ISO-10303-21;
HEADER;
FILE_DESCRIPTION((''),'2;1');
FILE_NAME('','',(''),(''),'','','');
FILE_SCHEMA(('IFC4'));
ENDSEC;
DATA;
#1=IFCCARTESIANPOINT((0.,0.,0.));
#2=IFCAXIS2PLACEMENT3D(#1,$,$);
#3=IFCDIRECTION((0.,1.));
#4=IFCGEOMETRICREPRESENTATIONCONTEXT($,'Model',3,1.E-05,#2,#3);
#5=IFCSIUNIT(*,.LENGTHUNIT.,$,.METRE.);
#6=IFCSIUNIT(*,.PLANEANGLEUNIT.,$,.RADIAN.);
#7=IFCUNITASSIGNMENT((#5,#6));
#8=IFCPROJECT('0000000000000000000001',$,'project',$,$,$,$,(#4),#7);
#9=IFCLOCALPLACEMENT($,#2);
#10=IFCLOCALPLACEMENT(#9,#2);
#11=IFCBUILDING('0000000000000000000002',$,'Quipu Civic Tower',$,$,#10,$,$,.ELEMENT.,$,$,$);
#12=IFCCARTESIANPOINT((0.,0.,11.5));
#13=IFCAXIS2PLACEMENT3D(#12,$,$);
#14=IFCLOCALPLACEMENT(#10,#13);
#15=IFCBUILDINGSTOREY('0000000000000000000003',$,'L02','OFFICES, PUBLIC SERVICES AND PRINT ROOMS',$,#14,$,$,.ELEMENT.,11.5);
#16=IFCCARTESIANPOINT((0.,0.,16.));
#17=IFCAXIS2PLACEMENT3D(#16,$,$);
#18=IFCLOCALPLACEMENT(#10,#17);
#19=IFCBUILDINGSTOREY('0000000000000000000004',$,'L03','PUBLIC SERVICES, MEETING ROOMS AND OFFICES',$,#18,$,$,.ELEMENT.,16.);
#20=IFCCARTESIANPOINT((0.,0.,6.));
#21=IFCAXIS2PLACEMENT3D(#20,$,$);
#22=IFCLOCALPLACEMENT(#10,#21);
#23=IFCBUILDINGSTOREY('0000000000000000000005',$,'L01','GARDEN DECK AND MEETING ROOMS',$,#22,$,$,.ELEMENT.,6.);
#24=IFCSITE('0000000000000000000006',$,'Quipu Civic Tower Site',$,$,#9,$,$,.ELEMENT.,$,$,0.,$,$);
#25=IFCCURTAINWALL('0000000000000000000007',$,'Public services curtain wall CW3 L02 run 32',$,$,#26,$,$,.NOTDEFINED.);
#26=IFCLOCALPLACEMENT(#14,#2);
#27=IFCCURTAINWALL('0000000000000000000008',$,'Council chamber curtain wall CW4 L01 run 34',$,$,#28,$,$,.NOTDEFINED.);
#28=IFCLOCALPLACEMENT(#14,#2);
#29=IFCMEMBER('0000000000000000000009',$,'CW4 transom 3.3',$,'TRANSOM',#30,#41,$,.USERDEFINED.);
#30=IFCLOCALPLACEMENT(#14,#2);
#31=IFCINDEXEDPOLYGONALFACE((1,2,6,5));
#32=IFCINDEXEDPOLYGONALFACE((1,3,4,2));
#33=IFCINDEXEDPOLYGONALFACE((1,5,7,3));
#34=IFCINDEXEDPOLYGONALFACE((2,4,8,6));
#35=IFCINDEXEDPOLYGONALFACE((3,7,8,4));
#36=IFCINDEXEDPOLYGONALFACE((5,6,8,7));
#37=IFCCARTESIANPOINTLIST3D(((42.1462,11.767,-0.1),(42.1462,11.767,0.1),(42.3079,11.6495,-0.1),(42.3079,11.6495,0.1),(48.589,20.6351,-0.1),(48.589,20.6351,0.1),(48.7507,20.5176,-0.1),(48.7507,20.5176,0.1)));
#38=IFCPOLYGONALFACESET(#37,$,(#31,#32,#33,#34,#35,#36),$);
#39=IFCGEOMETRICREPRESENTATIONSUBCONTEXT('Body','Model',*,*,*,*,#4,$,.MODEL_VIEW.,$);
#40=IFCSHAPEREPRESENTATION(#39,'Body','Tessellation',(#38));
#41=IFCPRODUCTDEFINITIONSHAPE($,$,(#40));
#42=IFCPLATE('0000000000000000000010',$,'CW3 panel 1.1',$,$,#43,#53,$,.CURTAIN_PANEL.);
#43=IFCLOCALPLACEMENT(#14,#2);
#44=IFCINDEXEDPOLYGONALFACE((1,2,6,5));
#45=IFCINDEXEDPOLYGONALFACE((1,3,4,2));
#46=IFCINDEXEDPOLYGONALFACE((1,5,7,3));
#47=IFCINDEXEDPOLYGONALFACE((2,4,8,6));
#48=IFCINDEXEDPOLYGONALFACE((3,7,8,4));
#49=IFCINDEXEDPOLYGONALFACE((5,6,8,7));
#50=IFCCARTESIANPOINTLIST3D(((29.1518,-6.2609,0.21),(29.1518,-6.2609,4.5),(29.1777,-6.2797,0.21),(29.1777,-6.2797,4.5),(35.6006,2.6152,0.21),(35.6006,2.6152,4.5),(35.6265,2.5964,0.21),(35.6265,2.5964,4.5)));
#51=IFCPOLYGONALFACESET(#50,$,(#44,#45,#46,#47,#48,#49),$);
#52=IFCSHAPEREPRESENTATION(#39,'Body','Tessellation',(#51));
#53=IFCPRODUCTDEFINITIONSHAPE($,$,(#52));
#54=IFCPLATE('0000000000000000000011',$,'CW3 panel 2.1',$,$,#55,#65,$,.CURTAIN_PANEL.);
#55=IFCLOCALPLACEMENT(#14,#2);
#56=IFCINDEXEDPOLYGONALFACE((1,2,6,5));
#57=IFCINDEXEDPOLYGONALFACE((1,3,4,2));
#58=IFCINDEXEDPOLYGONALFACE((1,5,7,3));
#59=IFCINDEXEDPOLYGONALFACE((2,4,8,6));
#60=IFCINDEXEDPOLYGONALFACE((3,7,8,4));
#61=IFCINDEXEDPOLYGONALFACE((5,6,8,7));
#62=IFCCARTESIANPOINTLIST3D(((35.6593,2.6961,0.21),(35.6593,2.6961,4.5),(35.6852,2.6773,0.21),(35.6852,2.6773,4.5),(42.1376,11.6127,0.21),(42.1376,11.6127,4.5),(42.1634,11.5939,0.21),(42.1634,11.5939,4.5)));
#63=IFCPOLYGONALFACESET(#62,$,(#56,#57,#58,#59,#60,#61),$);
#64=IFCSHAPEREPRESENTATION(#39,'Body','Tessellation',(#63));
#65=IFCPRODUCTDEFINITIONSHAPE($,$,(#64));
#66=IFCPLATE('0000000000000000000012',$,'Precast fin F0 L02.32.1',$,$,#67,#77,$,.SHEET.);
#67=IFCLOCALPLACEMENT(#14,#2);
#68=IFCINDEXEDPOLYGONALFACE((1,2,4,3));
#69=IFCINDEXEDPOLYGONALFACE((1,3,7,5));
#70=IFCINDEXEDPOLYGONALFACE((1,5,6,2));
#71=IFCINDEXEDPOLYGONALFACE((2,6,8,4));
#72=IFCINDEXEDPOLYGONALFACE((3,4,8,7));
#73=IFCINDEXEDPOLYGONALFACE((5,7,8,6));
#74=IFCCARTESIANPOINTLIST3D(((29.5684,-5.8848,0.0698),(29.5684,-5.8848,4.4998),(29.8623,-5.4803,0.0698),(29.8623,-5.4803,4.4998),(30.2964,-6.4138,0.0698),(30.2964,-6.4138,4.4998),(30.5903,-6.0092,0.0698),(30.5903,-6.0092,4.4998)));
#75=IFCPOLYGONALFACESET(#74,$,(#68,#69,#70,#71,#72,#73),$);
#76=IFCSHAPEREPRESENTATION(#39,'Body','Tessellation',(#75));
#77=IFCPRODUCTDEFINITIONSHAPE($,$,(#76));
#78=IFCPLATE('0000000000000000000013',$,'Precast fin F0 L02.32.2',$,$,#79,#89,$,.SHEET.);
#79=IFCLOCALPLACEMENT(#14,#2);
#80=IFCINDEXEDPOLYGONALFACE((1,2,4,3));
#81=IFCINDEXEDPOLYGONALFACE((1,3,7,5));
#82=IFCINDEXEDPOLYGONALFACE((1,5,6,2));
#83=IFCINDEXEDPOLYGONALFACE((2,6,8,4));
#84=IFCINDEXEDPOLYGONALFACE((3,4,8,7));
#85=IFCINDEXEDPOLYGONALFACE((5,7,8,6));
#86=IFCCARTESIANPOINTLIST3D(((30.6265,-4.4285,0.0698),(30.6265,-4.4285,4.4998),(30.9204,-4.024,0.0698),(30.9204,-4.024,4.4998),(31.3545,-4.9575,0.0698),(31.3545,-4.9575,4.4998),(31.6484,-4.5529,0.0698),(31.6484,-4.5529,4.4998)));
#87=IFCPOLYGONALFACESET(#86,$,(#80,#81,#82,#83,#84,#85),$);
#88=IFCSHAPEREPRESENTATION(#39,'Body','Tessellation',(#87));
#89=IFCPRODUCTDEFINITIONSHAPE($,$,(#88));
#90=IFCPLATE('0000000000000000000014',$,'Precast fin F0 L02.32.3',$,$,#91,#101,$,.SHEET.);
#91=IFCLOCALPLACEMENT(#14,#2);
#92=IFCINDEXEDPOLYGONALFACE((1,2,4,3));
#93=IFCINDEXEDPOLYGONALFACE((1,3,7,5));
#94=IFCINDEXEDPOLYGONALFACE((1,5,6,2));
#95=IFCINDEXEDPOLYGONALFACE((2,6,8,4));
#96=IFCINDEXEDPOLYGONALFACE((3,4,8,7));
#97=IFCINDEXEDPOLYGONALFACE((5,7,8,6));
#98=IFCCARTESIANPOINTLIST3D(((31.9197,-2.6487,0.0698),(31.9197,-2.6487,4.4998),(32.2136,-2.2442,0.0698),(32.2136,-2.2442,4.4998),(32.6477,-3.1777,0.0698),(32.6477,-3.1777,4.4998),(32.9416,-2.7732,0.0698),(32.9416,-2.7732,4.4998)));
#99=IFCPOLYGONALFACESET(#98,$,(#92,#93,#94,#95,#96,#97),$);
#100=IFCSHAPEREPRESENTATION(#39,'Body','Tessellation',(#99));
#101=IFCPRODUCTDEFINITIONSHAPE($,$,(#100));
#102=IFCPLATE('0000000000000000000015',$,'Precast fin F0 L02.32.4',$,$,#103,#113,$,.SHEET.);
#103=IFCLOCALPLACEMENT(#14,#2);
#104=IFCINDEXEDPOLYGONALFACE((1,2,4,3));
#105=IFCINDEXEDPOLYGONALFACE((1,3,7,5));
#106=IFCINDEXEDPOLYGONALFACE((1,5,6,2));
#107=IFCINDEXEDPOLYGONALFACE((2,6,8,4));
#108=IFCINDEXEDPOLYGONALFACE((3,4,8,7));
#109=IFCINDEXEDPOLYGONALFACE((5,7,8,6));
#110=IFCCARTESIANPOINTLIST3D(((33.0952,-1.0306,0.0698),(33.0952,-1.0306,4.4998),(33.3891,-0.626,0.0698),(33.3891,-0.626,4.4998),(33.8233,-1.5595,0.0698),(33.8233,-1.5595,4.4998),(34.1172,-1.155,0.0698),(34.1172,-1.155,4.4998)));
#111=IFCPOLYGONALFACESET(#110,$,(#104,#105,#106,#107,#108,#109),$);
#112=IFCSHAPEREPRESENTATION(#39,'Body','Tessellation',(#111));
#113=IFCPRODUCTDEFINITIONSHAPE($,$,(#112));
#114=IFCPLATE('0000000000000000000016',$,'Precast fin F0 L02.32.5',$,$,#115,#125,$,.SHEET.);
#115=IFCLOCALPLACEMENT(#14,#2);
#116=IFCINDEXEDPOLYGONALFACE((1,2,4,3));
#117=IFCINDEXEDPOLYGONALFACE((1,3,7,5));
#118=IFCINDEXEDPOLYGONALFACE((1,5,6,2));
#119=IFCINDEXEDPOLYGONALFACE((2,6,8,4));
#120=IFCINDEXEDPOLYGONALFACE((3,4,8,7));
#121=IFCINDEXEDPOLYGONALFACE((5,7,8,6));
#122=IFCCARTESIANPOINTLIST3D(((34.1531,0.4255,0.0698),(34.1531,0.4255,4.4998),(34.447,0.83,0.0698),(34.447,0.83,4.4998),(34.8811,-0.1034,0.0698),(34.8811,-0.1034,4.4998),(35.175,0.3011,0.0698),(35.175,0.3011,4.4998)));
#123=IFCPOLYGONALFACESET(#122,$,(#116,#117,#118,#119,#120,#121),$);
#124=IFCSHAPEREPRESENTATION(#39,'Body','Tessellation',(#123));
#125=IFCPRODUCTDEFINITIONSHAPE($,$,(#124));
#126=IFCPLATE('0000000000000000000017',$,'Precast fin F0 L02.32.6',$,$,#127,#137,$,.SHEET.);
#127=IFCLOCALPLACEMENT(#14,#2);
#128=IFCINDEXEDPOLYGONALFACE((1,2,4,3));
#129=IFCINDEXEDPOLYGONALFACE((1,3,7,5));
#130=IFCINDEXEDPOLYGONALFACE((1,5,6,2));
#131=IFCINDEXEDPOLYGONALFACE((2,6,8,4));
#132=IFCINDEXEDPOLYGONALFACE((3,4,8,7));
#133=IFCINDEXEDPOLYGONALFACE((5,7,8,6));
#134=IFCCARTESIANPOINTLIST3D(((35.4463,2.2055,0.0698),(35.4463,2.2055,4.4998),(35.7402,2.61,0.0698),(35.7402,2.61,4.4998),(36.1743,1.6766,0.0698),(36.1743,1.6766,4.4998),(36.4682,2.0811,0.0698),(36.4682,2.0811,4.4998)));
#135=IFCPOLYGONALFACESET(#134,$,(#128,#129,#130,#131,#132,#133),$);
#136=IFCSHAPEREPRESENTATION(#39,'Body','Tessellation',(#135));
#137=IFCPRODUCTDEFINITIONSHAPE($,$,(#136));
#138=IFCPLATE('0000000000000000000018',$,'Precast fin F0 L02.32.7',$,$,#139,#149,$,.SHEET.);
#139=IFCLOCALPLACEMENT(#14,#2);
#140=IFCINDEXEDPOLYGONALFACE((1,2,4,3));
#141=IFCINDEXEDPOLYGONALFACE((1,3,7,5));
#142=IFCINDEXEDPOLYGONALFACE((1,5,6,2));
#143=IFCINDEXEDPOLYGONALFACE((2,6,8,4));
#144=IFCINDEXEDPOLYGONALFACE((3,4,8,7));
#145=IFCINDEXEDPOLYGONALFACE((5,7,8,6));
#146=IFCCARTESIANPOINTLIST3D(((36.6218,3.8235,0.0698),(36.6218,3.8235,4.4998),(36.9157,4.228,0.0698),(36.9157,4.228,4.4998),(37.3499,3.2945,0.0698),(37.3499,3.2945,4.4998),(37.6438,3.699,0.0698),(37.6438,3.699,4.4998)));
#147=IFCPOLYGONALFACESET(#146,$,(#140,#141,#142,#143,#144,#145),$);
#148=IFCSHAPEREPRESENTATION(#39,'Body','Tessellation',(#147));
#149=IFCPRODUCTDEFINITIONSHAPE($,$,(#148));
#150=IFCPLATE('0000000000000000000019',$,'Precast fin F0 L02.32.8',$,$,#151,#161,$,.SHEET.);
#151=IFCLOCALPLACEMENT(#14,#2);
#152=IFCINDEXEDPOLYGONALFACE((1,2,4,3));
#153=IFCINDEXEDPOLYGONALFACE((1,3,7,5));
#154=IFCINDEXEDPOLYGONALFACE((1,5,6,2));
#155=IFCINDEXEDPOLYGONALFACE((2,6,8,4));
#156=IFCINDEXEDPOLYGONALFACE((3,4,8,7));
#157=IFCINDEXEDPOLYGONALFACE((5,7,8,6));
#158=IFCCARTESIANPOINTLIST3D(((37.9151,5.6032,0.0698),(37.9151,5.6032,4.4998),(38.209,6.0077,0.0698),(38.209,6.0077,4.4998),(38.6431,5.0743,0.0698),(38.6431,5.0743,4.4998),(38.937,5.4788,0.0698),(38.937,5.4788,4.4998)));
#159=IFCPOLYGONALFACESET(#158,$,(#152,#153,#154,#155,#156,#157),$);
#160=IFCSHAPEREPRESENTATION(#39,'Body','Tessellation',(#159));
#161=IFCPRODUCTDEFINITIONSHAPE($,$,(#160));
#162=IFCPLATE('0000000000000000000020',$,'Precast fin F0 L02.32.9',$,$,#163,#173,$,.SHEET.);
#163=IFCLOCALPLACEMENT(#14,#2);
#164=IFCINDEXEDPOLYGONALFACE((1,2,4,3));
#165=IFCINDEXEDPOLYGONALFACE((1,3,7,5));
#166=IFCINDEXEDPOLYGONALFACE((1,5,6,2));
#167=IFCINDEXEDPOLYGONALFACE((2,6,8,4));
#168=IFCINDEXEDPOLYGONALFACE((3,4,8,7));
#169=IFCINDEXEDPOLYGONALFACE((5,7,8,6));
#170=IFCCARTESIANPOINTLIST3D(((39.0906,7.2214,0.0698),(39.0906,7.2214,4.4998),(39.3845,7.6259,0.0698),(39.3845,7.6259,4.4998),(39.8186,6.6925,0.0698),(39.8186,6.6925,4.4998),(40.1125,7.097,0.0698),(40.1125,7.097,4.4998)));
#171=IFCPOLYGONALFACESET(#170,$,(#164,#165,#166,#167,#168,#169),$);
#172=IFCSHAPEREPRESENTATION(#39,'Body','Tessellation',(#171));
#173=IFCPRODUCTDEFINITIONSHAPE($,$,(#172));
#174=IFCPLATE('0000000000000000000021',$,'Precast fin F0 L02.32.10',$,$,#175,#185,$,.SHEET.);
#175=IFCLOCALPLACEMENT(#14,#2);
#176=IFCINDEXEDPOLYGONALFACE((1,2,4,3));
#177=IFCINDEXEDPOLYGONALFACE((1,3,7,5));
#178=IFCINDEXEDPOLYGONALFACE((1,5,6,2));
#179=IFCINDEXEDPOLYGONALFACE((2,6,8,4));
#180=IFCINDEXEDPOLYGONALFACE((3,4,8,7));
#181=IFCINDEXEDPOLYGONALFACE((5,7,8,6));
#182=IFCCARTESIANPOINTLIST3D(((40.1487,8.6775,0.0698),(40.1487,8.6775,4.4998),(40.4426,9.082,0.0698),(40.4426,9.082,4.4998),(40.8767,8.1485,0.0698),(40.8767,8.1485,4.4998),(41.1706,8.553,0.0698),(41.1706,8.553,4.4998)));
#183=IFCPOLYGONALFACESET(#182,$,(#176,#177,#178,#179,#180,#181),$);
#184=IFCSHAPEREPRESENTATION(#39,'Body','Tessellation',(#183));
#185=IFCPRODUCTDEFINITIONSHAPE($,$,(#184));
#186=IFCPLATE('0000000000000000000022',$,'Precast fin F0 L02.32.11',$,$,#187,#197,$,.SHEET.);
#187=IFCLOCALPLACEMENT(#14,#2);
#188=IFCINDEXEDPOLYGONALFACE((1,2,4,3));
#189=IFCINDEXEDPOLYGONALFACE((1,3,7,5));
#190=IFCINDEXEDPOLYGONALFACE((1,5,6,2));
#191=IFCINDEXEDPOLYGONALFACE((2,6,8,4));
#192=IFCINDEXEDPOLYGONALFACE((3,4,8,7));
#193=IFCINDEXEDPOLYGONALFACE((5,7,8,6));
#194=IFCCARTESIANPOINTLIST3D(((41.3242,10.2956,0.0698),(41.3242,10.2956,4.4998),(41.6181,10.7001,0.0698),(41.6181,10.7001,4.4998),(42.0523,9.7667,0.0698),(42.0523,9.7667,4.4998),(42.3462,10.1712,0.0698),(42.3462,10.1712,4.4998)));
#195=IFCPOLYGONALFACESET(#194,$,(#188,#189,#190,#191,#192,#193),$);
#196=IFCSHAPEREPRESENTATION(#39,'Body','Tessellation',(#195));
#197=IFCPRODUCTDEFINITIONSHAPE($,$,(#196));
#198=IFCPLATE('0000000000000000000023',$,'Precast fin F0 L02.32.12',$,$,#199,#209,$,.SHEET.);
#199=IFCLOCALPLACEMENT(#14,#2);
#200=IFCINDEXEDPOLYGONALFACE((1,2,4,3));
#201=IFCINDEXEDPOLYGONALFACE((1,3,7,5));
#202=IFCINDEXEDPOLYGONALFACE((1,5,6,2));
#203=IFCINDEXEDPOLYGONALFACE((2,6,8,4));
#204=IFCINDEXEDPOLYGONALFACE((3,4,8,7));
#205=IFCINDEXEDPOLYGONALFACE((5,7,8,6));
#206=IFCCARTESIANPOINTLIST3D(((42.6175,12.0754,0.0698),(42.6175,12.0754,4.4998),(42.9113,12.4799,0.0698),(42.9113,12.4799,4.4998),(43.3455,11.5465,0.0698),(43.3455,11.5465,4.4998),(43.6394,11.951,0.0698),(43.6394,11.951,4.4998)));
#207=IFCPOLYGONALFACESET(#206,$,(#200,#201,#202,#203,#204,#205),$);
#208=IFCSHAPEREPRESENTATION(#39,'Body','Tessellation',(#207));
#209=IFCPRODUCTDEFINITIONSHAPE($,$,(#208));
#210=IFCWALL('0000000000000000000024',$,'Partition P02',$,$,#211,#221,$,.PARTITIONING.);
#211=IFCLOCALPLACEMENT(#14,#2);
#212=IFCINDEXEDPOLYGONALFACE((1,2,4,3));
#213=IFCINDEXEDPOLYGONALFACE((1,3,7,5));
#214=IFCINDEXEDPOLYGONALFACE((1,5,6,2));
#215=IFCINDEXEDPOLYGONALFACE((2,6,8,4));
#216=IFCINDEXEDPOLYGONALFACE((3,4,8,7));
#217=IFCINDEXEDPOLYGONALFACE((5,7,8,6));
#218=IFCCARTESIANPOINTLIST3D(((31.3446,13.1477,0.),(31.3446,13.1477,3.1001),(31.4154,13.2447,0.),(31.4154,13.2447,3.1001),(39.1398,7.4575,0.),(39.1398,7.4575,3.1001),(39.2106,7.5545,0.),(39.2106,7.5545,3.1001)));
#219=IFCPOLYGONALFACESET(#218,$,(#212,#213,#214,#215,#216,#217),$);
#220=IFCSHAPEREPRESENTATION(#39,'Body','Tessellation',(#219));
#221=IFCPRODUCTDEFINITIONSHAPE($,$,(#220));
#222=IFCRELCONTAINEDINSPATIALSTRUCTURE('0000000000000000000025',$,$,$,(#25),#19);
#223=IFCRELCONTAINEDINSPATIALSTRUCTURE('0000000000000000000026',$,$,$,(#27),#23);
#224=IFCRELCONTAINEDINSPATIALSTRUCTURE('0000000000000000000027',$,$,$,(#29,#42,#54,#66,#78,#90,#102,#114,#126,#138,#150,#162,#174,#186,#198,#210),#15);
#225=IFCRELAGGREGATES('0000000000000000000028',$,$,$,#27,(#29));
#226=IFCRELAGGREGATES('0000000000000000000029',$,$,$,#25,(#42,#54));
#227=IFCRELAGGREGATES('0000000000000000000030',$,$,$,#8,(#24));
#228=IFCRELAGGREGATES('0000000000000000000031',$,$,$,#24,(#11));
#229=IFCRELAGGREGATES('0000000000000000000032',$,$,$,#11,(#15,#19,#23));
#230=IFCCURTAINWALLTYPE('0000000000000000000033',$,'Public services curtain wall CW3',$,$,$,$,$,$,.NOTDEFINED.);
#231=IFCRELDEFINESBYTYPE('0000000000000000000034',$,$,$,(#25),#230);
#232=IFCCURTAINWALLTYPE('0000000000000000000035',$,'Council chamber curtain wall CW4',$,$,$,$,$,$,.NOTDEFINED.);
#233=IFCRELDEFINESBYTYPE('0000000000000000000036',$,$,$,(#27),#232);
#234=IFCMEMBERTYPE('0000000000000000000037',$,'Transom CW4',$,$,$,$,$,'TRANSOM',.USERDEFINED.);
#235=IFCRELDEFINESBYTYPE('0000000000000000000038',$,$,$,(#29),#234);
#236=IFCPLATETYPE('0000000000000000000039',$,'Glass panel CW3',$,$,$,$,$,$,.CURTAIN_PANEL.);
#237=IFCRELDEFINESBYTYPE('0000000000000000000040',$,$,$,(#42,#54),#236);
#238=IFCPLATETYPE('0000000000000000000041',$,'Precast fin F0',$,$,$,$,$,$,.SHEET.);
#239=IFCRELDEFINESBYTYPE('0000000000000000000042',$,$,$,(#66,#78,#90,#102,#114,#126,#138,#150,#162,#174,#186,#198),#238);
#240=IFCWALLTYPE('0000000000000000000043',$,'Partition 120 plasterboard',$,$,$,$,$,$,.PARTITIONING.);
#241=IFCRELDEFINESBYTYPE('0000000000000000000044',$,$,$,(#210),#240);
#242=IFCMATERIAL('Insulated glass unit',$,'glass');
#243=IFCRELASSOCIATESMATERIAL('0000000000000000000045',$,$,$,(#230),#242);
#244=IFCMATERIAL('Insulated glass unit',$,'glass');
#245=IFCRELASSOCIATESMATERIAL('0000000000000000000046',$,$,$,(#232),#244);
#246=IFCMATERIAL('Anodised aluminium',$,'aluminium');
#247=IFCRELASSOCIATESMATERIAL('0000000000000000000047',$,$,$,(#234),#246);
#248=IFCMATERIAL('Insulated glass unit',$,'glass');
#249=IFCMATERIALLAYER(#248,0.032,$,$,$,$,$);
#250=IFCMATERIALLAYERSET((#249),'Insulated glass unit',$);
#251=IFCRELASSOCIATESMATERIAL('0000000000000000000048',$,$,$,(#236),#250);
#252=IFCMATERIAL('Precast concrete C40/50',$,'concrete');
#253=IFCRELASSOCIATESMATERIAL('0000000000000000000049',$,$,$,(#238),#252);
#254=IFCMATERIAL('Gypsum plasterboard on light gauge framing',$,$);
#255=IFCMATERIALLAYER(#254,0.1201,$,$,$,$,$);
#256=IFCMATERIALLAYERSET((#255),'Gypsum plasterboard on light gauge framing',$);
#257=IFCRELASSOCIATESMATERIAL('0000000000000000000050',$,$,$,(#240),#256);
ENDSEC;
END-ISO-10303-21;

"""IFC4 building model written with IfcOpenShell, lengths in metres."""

from ifc_helpers import new_model, si_unit, direction, frame, frame_2d, origin, origin_2d, place, context, subcontext, project, spatial, rectangle, extrude, material, layer, layer_set, material_profile, profile_set, type_object, element, aggregate, save


model = new_model("IFC4")

# Units and contexts
model_context = context("Model", 3, precision=1e-05, world=origin(), true_north=direction((0.0, 1.0)))
body_context = subcontext(model_context, "Body", "Model", "MODEL_VIEW")
ifc_project = project(units=[si_unit("LENGTHUNIT", "METRE"), si_unit("PLANEANGLEUNIT", "RADIAN")], contexts=[model_context])

# Site, building, storey
site_placement = place(None, origin())
site = spatial("IfcSite", under=ifc_project, at=site_placement, Name="Quipu Civic Tower Site", CompositionType="ELEMENT", RefElevation=0.0)
building_placement = place(site_placement, origin())
building = spatial("IfcBuilding", under=site, at=building_placement, Name="Quipu Civic Tower", CompositionType="ELEMENT")
storey_1_placement = place(building_placement, frame((0.0, 0.0, 11.5)))
storey_1 = spatial("IfcBuildingStorey", under=building, at=storey_1_placement, Name="L02", Description="OFFICES, PUBLIC SERVICES AND PRINT ROOMS", CompositionType="ELEMENT", Elevation=11.5)

# Shared definitions
storey_2_placement = place(building_placement, frame((0.0, 0.0, 16.0)))
storey_2 = spatial("IfcBuildingStorey", under=building, at=storey_2_placement, Name="L03", Description="PUBLIC SERVICES, MEETING ROOMS AND OFFICES", CompositionType="ELEMENT", Elevation=16.0)

# Curtain wall
ifc_material_1 = material(Name="Insulated glass unit", Category="glass")
curtain_wall_type_1 = type_object("IfcCurtainWallType", Name="Public services curtain wall CW3", PredefinedType="NOTDEFINED", material=ifc_material_1)
curtain_wall_1_placement = place(storey_2_placement, origin())
curtain_wall_1 = element("IfcCurtainWall", 1, at=curtain_wall_1_placement, inside=storey_2, type_object=curtain_wall_type_1, Name="Public services curtain wall CW3 L02 run 32", PredefinedType="NOTDEFINED")

# Shared definitions
storey_3_placement = place(building_placement, frame((0.0, 0.0, 6.0)))
storey_3 = spatial("IfcBuildingStorey", under=building, at=storey_3_placement, Name="L01", Description="GARDEN DECK AND MEETING ROOMS", CompositionType="ELEMENT", Elevation=6.0)

# Curtain wall, member
ifc_material_2 = material(Name="Insulated glass unit", Category="glass")
curtain_wall_type_2 = type_object("IfcCurtainWallType", Name="Council chamber curtain wall CW4", PredefinedType="NOTDEFINED", material=ifc_material_2)
curtain_wall_2_placement = place(storey_3_placement, origin())
curtain_wall_2 = element("IfcCurtainWall", 2, at=curtain_wall_2_placement, inside=storey_3, type_object=curtain_wall_type_2, Name="Council chamber curtain wall CW4 L01 run 34", PredefinedType="NOTDEFINED")
ifc_material_3 = material(Name="Anodised aluminium", Category="aluminium")
ifc_material_profile_1 = material_profile(ifc_material_3, rectangle(XDim=0.2, YDim=0.2, at=origin_2d()), Name="RECT 200x200")
ifc_profile_set_1 = profile_set([ifc_material_profile_1], Name="Anodised aluminium")
member_type_1 = type_object("IfcMemberType", Name="Transom CW4", ElementType="TRANSOM", PredefinedType="USERDEFINED", material=ifc_profile_set_1)
member_1_placement = place(storey_1_placement, frame((42.2271, 11.7083, 0.0), z_axis=(0.587772, 0.809027, 0.0), x_axis=(-0.809027, 0.587772, 0.0)))
member_1 = element("IfcMember", 3, at=member_1_placement, inside=storey_1, type_object=member_type_1, Name="CW4 transom 3.3", ObjectType="TRANSOM", PredefinedType="USERDEFINED", context=body_context, shape_type="SweptSolid", body=[
    extrude(rectangle(XDim=0.2, YDim=0.2, at=origin_2d()), origin(), (0.0, 0.0, 1.0), 10.9614),
])
aggregate(curtain_wall_2, [member_1])

# Plates
ifc_material_4 = material(Name="Insulated glass unit", Category="glass")
ifc_layer_1 = layer(ifc_material_4, 0.032)
ifc_layer_set_1 = layer_set([ifc_layer_1], Name="Insulated glass unit")
plate_type_1 = type_object("IfcPlateType", Name="Glass panel CW3", PredefinedType="CURTAIN_PANEL", material=ifc_layer_set_1)
plate_1_placement = place(storey_1_placement, frame((32.3892, -1.8323, 0.21), z_axis=(0.0, 0.0, 1.0), x_axis=(0.587785, 0.809017, 0.0)))
plate_1 = element("IfcPlate", 4, at=plate_1_placement, inside=storey_1, type_object=plate_type_1, Name="CW3 panel 1.1", PredefinedType="CURTAIN_PANEL", context=body_context, shape_type="SweptSolid", body=[
    extrude(rectangle(XDim=10.9714, YDim=0.032, at=origin_2d()), origin(), (0.0, 0.0, 1.0), 4.29),
])
plate_2_placement = place(storey_1_placement, frame((38.9114, 7.145, 0.21), z_axis=(0.0, 0.0, 1.0), x_axis=(0.587785, 0.809017, 0.0)))
plate_2 = element("IfcPlate", 5, at=plate_2_placement, inside=storey_1, type_object=plate_type_1, Name="CW3 panel 2.1", PredefinedType="CURTAIN_PANEL", context=body_context, shape_type="SweptSolid", body=[
    extrude(rectangle(XDim=11.0215, YDim=0.032, at=origin_2d()), origin(), (0.0, 0.0, 1.0), 4.29),
])
aggregate(curtain_wall_1, [plate_1, plate_2])

# Plates
ifc_material_5 = material(Name="Precast concrete C40/50", Category="concrete")
plate_type_2 = type_object("IfcPlateType", Name="Precast fin F0", PredefinedType="SHEET", material=ifc_material_5)
for number, where, z_axis, x_axis, name in (
    (6, (30.0793, -5.947, 0.0698), (0.0, 0.0, 1.0), (0.587786, 0.809017, 0.0), "Precast fin F0 L02.32.1"),
    (7, (31.1375, -4.4907, 0.0698), (0.0, 0.0, 1.0), (0.587786, 0.809017, 0.0), "Precast fin F0 L02.32.2"),
    (8, (32.4307, -2.7109, 0.0698), (0.0, 0.0, 1.0), (0.587786, 0.809017, 0.0), "Precast fin F0 L02.32.3"),
    (9, (33.6062, -1.0928, 0.0698), (0.0, 0.0, 1.0), (0.587786, 0.809017, 0.0), "Precast fin F0 L02.32.4"),
    (10, (34.6641, 0.3633, 0.0698), (0.0, 0.0, 1.0), (0.587786, 0.809017, 0.0), "Precast fin F0 L02.32.5"),
    (11, (35.9573, 2.1433, 0.0698), (0.0, 0.0, 1.0), (0.587786, 0.809017, 0.0), "Precast fin F0 L02.32.6"),
    (12, (37.1328, 3.7612, 0.0698), (0.0, 0.0, 1.0), (0.587786, 0.809017, 0.0), "Precast fin F0 L02.32.7"),
    (13, (38.426, 5.541, 0.0698), (0.0, 0.0, 1.0), (0.587786, 0.809017, 0.0), "Precast fin F0 L02.32.8"),
    (14, (39.6016, 7.1592, 0.0698), (0.0, 0.0, 1.0), (0.587786, 0.809017, 0.0), "Precast fin F0 L02.32.9"),
    (15, (40.6597, 8.6152, 0.0698), (0.0, 0.0, 1.0), (0.587786, 0.809017, 0.0), "Precast fin F0 L02.32.10"),
    (16, (41.8352, 10.2334, 0.0698), (0.0, 0.0, 1.0), (0.587786, 0.809017, 0.0), "Precast fin F0 L02.32.11"),
    (17, (43.1284, 12.0132, 0.0698), (0.0, 0.0, 1.0), (0.587786, 0.809017, 0.0), "Precast fin F0 L02.32.12"),
):
    element("IfcPlate", number, at=place(storey_1_placement, frame(where, z_axis=z_axis, x_axis=x_axis)), inside=storey_1, type_object=plate_type_2, Name=name, PredefinedType="SHEET", context=body_context, shape_type="SweptSolid", body=[
        extrude(rectangle(XDim=0.5, YDim=0.8999, at=origin_2d()), origin(), (0.0, 0.0, 1.0), 4.4299),
    ])

# Wall
ifc_material_6 = material(Name="Gypsum plasterboard on light gauge framing")
ifc_layer_2 = layer(ifc_material_6, 0.1201)
ifc_layer_set_2 = layer_set([ifc_layer_2], Name="Gypsum plasterboard on light gauge framing")
wall_type = type_object("IfcWallType", Name="Partition 120 plasterboard", PredefinedType="PARTITIONING", material=ifc_layer_set_2)
wall_1_placement = place(storey_1_placement, frame((31.3799, 13.1963, 0.0), z_axis=(0.0, 0.0, 1.0), x_axis=(0.807701, -0.589592, 0.0)))
element("IfcWall", 18, at=wall_1_placement, inside=storey_1, type_object=wall_type, Name="Partition P02", PredefinedType="PARTITIONING", context=body_context, shape_type="SweptSolid", body=[
    extrude(rectangle(XDim=9.6511, YDim=0.1201, at=frame_2d((4.8257, 0.0))), origin(), (0.0, 0.0, 1.0), 3.1001),
])

save(model, "model.ifc")
